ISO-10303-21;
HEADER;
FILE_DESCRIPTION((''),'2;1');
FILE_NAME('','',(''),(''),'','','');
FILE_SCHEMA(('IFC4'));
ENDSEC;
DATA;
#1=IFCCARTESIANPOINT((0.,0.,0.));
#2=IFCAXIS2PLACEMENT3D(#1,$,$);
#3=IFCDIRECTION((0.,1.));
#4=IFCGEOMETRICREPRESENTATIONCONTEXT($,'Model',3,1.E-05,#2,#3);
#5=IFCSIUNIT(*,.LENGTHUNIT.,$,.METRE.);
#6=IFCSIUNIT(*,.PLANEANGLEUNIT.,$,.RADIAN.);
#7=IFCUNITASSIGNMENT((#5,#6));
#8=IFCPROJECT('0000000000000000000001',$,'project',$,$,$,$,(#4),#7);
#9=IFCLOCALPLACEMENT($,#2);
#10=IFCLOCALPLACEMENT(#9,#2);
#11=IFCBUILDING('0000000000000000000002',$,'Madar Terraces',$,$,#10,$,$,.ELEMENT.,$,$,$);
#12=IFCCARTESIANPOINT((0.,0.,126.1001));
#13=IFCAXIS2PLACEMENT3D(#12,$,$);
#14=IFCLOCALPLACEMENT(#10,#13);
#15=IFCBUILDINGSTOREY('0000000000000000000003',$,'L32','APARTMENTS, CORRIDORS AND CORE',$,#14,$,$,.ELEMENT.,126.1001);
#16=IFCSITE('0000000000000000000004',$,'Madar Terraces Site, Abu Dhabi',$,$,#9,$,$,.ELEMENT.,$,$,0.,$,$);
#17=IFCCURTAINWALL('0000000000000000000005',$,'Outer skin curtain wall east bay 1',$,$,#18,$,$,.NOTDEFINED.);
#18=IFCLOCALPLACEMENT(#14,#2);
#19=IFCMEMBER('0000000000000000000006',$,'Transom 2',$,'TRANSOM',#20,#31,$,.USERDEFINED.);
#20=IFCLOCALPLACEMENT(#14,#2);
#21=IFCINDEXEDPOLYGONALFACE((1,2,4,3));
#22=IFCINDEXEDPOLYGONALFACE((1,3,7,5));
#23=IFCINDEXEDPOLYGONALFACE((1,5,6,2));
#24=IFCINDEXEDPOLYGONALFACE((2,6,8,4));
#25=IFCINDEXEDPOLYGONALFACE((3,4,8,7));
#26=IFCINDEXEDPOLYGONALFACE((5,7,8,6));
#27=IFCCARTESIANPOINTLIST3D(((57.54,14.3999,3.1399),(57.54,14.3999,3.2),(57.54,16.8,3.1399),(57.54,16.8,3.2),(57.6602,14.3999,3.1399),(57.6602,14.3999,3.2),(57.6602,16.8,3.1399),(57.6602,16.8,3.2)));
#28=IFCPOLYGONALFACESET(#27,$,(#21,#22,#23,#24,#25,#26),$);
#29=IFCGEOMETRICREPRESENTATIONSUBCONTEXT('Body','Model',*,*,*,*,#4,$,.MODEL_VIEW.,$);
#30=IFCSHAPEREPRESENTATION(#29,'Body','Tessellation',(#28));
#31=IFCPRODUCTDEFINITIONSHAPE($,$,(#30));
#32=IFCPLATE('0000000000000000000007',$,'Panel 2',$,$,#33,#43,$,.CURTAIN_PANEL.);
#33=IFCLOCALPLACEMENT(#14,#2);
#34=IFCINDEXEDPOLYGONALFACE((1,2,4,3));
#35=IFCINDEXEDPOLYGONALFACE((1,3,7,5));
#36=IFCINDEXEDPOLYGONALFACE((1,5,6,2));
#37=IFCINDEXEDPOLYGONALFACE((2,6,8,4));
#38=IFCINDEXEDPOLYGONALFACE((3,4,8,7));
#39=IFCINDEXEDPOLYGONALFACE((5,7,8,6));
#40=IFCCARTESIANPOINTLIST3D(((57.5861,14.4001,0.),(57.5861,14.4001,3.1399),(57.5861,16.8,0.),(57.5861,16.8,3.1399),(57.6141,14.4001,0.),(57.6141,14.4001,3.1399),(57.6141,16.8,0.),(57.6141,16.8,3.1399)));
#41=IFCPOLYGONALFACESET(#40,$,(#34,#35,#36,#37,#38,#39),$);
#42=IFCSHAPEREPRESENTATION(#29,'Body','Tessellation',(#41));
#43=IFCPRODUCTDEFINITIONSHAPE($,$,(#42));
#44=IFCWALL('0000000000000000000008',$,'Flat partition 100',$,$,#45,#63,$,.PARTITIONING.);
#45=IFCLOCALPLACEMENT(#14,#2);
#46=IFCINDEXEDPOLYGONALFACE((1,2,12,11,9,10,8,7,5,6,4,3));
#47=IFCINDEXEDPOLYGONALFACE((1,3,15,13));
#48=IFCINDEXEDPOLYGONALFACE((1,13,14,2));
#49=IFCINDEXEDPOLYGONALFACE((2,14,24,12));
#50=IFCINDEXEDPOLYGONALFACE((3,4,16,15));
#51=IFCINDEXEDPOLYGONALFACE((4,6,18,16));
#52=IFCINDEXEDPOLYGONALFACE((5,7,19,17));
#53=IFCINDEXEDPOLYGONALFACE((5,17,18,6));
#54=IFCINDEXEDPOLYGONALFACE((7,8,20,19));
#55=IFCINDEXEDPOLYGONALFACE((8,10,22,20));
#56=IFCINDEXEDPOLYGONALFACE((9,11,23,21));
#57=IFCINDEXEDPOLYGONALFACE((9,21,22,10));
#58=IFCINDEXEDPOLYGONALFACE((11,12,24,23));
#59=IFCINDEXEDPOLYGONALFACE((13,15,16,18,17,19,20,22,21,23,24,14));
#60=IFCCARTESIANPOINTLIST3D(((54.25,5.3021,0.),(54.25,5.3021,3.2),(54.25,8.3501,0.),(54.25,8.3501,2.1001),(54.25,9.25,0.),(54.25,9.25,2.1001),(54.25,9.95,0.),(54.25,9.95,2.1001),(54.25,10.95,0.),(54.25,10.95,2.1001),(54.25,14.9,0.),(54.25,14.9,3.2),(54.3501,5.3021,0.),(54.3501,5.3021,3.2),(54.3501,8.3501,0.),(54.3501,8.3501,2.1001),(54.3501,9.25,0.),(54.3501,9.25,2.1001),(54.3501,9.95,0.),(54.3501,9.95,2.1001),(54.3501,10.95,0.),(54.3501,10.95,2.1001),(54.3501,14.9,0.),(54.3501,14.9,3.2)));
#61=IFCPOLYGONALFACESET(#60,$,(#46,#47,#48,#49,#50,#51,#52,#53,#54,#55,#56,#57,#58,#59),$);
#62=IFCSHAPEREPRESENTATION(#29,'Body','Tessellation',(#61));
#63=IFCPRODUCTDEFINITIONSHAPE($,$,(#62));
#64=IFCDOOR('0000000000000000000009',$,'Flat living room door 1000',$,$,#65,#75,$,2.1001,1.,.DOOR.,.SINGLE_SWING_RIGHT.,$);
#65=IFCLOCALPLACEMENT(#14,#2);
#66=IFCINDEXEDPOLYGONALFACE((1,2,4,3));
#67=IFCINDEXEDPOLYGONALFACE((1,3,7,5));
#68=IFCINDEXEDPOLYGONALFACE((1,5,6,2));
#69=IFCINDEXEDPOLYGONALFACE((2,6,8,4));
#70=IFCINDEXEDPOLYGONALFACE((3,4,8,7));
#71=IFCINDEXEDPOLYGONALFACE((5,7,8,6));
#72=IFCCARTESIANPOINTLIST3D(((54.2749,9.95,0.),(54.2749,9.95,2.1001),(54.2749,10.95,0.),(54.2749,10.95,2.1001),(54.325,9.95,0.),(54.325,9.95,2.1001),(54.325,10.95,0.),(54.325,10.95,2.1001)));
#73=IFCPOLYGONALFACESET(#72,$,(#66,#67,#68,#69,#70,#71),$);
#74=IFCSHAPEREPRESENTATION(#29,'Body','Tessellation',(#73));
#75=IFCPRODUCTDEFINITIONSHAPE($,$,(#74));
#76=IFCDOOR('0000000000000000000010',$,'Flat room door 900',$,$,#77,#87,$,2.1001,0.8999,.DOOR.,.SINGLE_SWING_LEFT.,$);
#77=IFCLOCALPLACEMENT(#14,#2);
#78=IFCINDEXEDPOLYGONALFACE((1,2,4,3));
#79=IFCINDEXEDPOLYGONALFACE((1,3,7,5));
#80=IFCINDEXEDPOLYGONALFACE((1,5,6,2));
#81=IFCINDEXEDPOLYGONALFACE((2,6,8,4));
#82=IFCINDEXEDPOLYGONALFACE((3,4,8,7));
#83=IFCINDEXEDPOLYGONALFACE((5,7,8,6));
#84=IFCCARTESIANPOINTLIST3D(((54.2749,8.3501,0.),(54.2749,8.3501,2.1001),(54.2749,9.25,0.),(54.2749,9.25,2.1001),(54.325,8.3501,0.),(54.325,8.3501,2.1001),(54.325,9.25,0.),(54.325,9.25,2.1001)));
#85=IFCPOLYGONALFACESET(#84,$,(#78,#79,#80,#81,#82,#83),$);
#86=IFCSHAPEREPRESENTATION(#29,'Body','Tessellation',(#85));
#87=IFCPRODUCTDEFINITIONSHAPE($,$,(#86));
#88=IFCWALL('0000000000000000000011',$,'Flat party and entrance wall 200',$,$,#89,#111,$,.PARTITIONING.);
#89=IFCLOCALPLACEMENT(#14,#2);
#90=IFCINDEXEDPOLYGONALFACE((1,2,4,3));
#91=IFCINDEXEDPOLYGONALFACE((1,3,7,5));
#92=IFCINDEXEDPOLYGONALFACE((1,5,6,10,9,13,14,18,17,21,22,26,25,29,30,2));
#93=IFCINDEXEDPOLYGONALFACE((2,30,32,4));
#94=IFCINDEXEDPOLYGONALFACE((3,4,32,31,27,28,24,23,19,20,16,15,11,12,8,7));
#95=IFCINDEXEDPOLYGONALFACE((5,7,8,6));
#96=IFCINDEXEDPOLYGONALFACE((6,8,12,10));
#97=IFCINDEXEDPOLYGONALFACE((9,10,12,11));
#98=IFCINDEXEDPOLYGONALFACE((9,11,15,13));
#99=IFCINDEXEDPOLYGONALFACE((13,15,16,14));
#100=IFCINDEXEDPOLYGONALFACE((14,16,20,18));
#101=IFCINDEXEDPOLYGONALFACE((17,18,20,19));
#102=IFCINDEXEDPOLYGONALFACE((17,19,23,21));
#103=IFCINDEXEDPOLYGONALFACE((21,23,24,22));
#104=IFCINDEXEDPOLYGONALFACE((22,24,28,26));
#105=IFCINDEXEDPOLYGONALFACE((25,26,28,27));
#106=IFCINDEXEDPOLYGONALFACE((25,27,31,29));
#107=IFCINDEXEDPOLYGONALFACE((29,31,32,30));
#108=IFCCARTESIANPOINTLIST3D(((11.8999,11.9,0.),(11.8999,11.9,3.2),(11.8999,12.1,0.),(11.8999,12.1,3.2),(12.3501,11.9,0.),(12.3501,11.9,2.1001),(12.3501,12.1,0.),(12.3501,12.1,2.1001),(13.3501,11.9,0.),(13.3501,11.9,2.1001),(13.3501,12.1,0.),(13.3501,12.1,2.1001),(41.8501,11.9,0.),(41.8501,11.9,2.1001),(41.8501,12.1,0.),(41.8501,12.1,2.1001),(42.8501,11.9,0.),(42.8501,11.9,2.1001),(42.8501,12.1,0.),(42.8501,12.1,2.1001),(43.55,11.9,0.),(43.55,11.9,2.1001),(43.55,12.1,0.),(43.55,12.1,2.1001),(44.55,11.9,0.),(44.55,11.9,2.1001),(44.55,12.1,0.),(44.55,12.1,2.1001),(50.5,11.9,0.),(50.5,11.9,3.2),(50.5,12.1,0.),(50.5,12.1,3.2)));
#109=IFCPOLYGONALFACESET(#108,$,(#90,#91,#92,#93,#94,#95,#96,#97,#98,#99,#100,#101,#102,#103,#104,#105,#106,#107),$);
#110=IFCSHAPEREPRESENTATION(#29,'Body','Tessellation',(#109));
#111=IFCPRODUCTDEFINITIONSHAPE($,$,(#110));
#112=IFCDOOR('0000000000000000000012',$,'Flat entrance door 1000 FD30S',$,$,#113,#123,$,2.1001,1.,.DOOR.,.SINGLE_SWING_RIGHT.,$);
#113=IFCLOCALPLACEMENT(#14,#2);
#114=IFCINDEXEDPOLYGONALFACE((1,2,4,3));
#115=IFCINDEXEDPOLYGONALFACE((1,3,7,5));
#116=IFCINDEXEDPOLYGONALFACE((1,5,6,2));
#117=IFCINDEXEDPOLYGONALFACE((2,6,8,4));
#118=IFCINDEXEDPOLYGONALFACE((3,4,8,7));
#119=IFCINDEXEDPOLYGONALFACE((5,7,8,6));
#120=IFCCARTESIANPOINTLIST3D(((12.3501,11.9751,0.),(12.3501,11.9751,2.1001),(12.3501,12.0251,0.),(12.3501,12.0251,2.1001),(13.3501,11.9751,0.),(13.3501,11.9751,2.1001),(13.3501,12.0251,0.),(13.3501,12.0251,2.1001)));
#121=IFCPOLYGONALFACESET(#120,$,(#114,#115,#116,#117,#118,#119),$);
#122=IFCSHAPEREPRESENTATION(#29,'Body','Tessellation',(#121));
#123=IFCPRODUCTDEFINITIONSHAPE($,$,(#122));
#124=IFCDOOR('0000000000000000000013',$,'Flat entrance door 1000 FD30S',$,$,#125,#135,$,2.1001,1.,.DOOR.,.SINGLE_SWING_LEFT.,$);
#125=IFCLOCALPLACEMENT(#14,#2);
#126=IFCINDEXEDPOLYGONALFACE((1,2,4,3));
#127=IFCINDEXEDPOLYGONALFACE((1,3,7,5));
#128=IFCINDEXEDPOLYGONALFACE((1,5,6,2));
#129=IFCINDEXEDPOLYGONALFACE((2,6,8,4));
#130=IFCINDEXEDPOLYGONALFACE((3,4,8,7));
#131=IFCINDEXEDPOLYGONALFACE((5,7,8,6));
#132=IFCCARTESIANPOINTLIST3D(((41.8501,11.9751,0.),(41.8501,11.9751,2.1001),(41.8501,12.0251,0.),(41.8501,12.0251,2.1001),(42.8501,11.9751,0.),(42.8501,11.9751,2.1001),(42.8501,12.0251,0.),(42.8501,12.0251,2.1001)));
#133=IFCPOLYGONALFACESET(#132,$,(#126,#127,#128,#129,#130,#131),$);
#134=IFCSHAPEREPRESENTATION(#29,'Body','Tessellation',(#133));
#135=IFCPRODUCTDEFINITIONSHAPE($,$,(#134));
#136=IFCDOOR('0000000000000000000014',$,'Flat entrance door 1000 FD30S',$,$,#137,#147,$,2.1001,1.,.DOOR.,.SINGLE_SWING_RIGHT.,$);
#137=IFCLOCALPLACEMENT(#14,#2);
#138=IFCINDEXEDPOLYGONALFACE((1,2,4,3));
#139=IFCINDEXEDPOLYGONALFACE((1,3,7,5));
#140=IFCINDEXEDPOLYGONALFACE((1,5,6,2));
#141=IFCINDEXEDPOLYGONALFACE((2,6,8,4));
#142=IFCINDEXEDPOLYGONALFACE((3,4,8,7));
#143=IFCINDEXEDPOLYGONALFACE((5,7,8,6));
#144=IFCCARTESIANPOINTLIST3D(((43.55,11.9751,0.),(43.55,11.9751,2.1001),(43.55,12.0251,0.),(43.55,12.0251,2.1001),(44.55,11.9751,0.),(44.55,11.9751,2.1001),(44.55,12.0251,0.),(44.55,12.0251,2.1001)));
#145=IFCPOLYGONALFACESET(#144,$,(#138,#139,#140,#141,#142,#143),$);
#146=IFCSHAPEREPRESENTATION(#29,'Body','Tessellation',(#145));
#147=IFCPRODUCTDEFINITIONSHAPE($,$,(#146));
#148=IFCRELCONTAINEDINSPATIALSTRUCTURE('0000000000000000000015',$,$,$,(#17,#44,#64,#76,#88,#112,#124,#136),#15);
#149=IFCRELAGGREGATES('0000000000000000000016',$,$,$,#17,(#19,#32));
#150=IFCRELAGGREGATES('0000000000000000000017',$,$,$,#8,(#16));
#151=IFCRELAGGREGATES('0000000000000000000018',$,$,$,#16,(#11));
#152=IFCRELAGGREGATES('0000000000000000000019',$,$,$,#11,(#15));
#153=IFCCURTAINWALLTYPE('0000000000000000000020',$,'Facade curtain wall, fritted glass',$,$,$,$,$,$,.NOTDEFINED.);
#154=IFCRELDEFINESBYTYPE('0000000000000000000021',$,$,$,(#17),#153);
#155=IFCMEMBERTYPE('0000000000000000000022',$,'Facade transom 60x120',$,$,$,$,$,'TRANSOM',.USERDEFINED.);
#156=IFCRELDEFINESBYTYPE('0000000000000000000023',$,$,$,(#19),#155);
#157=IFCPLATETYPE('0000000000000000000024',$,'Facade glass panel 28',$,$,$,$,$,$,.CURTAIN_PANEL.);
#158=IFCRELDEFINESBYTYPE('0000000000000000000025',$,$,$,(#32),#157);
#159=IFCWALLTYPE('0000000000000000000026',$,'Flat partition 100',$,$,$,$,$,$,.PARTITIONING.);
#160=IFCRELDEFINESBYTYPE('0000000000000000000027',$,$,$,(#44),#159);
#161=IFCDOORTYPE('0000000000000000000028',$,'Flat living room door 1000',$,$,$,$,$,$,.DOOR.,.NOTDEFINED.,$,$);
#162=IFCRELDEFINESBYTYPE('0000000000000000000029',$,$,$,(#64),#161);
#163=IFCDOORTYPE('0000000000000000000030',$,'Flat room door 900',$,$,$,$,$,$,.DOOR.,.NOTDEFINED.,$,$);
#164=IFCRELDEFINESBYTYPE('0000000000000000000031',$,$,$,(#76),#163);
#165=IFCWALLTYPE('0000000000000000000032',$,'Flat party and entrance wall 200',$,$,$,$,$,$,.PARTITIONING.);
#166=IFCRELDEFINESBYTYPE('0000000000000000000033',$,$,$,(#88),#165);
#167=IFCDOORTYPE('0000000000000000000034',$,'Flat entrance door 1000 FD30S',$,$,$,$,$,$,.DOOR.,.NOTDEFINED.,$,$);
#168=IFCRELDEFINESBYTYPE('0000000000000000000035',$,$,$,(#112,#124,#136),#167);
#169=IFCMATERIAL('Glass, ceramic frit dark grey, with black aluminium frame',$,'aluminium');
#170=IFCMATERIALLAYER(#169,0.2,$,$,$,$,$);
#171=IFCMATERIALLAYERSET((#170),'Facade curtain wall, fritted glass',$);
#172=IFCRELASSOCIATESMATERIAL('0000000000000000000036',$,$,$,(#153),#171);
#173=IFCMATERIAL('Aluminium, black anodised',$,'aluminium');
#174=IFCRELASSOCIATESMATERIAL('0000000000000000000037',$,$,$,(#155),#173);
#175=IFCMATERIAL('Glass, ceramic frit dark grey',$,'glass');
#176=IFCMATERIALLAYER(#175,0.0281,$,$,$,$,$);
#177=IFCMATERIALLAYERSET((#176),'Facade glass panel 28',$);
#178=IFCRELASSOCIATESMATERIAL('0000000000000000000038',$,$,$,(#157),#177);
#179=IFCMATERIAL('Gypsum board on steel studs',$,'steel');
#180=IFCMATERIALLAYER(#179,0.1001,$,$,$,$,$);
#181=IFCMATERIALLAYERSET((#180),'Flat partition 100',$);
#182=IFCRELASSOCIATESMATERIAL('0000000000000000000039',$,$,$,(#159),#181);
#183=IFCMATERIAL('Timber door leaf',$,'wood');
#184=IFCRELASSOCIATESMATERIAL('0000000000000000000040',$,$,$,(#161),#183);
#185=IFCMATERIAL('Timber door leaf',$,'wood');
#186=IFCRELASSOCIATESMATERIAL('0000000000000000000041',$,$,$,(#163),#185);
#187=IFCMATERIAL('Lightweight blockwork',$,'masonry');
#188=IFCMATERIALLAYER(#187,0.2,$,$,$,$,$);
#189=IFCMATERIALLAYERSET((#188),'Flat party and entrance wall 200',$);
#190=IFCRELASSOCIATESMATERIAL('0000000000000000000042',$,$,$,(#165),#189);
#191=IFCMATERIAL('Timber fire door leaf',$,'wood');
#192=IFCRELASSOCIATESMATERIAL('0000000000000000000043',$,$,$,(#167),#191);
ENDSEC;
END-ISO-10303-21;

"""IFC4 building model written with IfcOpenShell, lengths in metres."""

from ifc_helpers import new_model, si_unit, direction, frame, frame_2d, origin, origin_2d, place, context, subcontext, project, spatial, rectangle, extrude, material, layer, layer_set, material_profile, profile_set, type_object, element, fill, aggregate, save


model = new_model("IFC4")

# Units and contexts
model_context = context("Model", 3, precision=1e-05, world=origin(), true_north=direction((0.0, 1.0)))
body_context = subcontext(model_context, "Body", "Model", "MODEL_VIEW")
ifc_project = project(units=[si_unit("LENGTHUNIT", "METRE"), si_unit("PLANEANGLEUNIT", "RADIAN")], contexts=[model_context])

# Site, building, storey
site_placement = place(None, origin())
site = spatial("IfcSite", under=ifc_project, at=site_placement, Name="Madar Terraces Site, Abu Dhabi", CompositionType="ELEMENT", RefElevation=0.0)
building_placement = place(site_placement, origin())
building = spatial("IfcBuilding", under=site, at=building_placement, Name="Madar Terraces", CompositionType="ELEMENT")
storey_placement = place(building_placement, frame((0.0, 0.0, 126.1001)))
storey = spatial("IfcBuildingStorey", under=building, at=storey_placement, Name="L32", Description="APARTMENTS, CORRIDORS AND CORE", CompositionType="ELEMENT", Elevation=126.1001)

# Curtain wall, member, plate
ifc_material_1 = material(Name="Glass, ceramic frit dark grey, with black aluminium frame", Category="aluminium")
ifc_layer_1 = layer(ifc_material_1, 0.2)
ifc_layer_set_1 = layer_set([ifc_layer_1], Name="Facade curtain wall, fritted glass")
curtain_wall_type = type_object("IfcCurtainWallType", Name="Facade curtain wall, fritted glass", PredefinedType="NOTDEFINED", material=ifc_layer_set_1)
curtain_wall_placement = place(storey_placement, origin())
curtain_wall = element("IfcCurtainWall", 1, at=curtain_wall_placement, inside=storey, type_object=curtain_wall_type, Name="Outer skin curtain wall east bay 1", PredefinedType="NOTDEFINED")
ifc_material_2 = material(Name="Aluminium, black anodised", Category="aluminium")
ifc_material_profile = material_profile(ifc_material_2, rectangle(XDim=0.1201, YDim=0.0601, at=origin_2d()), Name="Facade transom 60x120")
ifc_profile_set = profile_set([ifc_material_profile], Name="Aluminium, black anodised")
member_type = type_object("IfcMemberType", Name="Facade transom 60x120", ElementType="TRANSOM", PredefinedType="USERDEFINED", material=ifc_profile_set)
member_placement = place(storey_placement, frame((57.6001, 14.3999, 3.1699), z_axis=(0.0, 1.0, 0.0), x_axis=(-1.0, 0.0, 0.0)))
member = element("IfcMember", 2, at=member_placement, type_object=member_type, Name="Transom 2", ObjectType="TRANSOM", PredefinedType="USERDEFINED", context=body_context, shape_type="SweptSolid", body=[
    extrude(rectangle(XDim=0.1201, YDim=0.0601, at=origin_2d()), origin(), (0.0, 0.0, 1.0), 2.4001),
])
ifc_material_3 = material(Name="Glass, ceramic frit dark grey", Category="glass")
ifc_layer_2 = layer(ifc_material_3, 0.0281)
ifc_layer_set_2 = layer_set([ifc_layer_2], Name="Facade glass panel 28")
plate_type = type_object("IfcPlateType", Name="Facade glass panel 28", PredefinedType="CURTAIN_PANEL", material=ifc_layer_set_2)
plate_placement = place(storey_placement, frame((57.6001, 15.6001, 0.0), z_axis=(0.0, 0.0, 1.0), x_axis=(0.0, 1.0, 0.0)))
plate = element("IfcPlate", 3, at=plate_placement, type_object=plate_type, Name="Panel 2", PredefinedType="CURTAIN_PANEL", context=body_context, shape_type="SweptSolid", body=[
    extrude(rectangle(XDim=2.3999, YDim=0.0281, at=origin_2d()), origin(), (0.0, 0.0, 1.0), 3.1399),
])
aggregate(curtain_wall, [member, plate])

# Walls, openings, doors
ifc_material_4 = material(Name="Gypsum board on steel studs", Category="steel")
ifc_layer_3 = layer(ifc_material_4, 0.1001)
ifc_layer_set_3 = layer_set([ifc_layer_3], Name="Flat partition 100")
wall_type_1 = type_object("IfcWallType", Name="Flat partition 100", PredefinedType="PARTITIONING", material=ifc_layer_set_3)
wall_1_placement = place(storey_placement, frame((54.3, 14.8999, 0.0), z_axis=(0.0, 0.0, 1.0), x_axis=(0.0, -1.0, 0.0)))
wall_1 = element("IfcWall", 4, at=wall_1_placement, inside=storey, type_object=wall_type_1, Name="Flat partition 100", PredefinedType="PARTITIONING", context=body_context, shape_type="SweptSolid", body=[
    extrude(rectangle(XDim=9.5979, YDim=0.1001, at=frame_2d((4.7988, 0.0))), origin(), (0.0, 0.0, 1.0), 3.2),
])
opening_1_placement = place(wall_1_placement, frame((3.95, 0.0, 0.0)))
opening_1 = element("IfcOpeningElement", 5, at=opening_1_placement, cuts=wall_1, PredefinedType="OPENING", context=body_context, shape_type="SweptSolid", body=[
    extrude(rectangle(XDim=1.0, YDim=2.1001, at=frame_2d((0.5, 1.05))), frame((0.0, 0.0601, 0.0), z_axis=(0.0, -1.0, 0.0), x_axis=(1.0, 0.0, 0.0)), (0.0, 0.0, 1.0), 0.1201),
])
opening_2_placement = place(wall_1_placement, frame((5.6499, 0.0, 0.0)))
opening_2 = element("IfcOpeningElement", 6, at=opening_2_placement, cuts=wall_1, PredefinedType="OPENING", context=body_context, shape_type="SweptSolid", body=[
    extrude(rectangle(XDim=0.8999, YDim=2.1001, at=frame_2d((0.45, 1.05))), frame((0.0, 0.0601, 0.0), z_axis=(0.0, -1.0, 0.0), x_axis=(1.0, 0.0, 0.0)), (0.0, 0.0, 1.0), 0.1201),
])
ifc_material_5 = material(Name="Timber door leaf", Category="wood")
door_type_1 = type_object("IfcDoorType", Name="Flat living room door 1000", OperationType="NOTDEFINED", PredefinedType="DOOR", material=ifc_material_5)
door_1_placement = place(opening_1_placement, origin())
door_1 = element("IfcDoor", 7, at=door_1_placement, inside=storey, type_object=door_type_1, Name="Flat living room door 1000", OperationType="SINGLE_SWING_RIGHT", OverallHeight=2.1001, OverallWidth=1.0, PredefinedType="DOOR", context=body_context, shape_type="SweptSolid", body=[
    extrude(rectangle(XDim=1.0, YDim=2.1001, at=frame_2d((0.5, 1.05))), frame((0.0, 0.0249, 0.0), z_axis=(0.0, -1.0, 0.0), x_axis=(1.0, 0.0, 0.0)), (0.0, 0.0, 1.0), 0.05),
])
fill(opening_1, door_1)
ifc_material_6 = material(Name="Timber door leaf", Category="wood")
door_type_2 = type_object("IfcDoorType", Name="Flat room door 900", OperationType="NOTDEFINED", PredefinedType="DOOR", material=ifc_material_6)
door_2_placement = place(opening_2_placement, origin())
door_2 = element("IfcDoor", 8, at=door_2_placement, inside=storey, type_object=door_type_2, Name="Flat room door 900", OperationType="SINGLE_SWING_LEFT", OverallHeight=2.1001, OverallWidth=0.8999, PredefinedType="DOOR", context=body_context, shape_type="SweptSolid", body=[
    extrude(rectangle(XDim=0.8999, YDim=2.1001, at=frame_2d((0.45, 1.05))), frame((0.0, 0.0249, 0.0), z_axis=(0.0, -1.0, 0.0), x_axis=(1.0, 0.0, 0.0)), (0.0, 0.0, 1.0), 0.05),
])
fill(opening_2, door_2)
ifc_material_7 = material(Name="Lightweight blockwork", Category="masonry")
ifc_layer_4 = layer(ifc_material_7, 0.2)
ifc_layer_set_4 = layer_set([ifc_layer_4], Name="Flat party and entrance wall 200")
wall_type_2 = type_object("IfcWallType", Name="Flat party and entrance wall 200", PredefinedType="PARTITIONING", material=ifc_layer_set_4)
wall_2_placement = place(storey_placement, frame((50.5, 12.0, 0.0), z_axis=(0.0, 0.0, 1.0), x_axis=(-1.0, 0.0, 0.0)))
wall_2 = element("IfcWall", 9, at=wall_2_placement, inside=storey, type_object=wall_type_2, Name="Flat party and entrance wall 200", PredefinedType="PARTITIONING", context=body_context, shape_type="SweptSolid", body=[
    extrude(rectangle(XDim=38.6001, YDim=0.2, at=frame_2d((19.3, 0.0))), origin(), (0.0, 0.0, 1.0), 3.2),
])
opening_3_placement = place(wall_2_placement, frame((37.1499, 0.0, 0.0)))
opening_3 = element("IfcOpeningElement", 10, at=opening_3_placement, cuts=wall_2, PredefinedType="OPENING", context=body_context, shape_type="SweptSolid", body=[
    extrude(rectangle(XDim=1.0, YDim=2.1001, at=frame_2d((0.5, 1.05))), frame((0.0, 0.1099, 0.0), z_axis=(0.0, -1.0, 0.0), x_axis=(1.0, 0.0, 0.0)), (0.0, 0.0, 1.0), 0.22),
])
opening_4_placement = place(wall_2_placement, frame((7.6499, 0.0, 0.0)))
opening_4 = element("IfcOpeningElement", 11, at=opening_4_placement, cuts=wall_2, PredefinedType="OPENING", context=body_context, shape_type="SweptSolid", body=[
    extrude(rectangle(XDim=1.0, YDim=2.1001, at=frame_2d((0.5, 1.05))), frame((0.0, 0.1099, 0.0), z_axis=(0.0, -1.0, 0.0), x_axis=(1.0, 0.0, 0.0)), (0.0, 0.0, 1.0), 0.22),
])
opening_5_placement = place(wall_2_placement, frame((5.95, 0.0, 0.0)))
opening_5 = element("IfcOpeningElement", 12, at=opening_5_placement, cuts=wall_2, PredefinedType="OPENING", context=body_context, shape_type="SweptSolid", body=[
    extrude(rectangle(XDim=1.0, YDim=2.1001, at=frame_2d((0.5, 1.05))), frame((0.0, 0.1099, 0.0), z_axis=(0.0, -1.0, 0.0), x_axis=(1.0, 0.0, 0.0)), (0.0, 0.0, 1.0), 0.22),
])
ifc_material_8 = material(Name="Timber fire door leaf", Category="wood")
door_type_3 = type_object("IfcDoorType", Name="Flat entrance door 1000 FD30S", OperationType="NOTDEFINED", PredefinedType="DOOR", material=ifc_material_8)
door_3_placement = place(opening_3_placement, origin())
door_3 = element("IfcDoor", 13, at=door_3_placement, inside=storey, type_object=door_type_3, Name="Flat entrance door 1000 FD30S", OperationType="SINGLE_SWING_RIGHT", OverallHeight=2.1001, OverallWidth=1.0, PredefinedType="DOOR", context=body_context, shape_type="SweptSolid", body=[
    extrude(rectangle(XDim=1.0, YDim=2.1001, at=frame_2d((0.5, 1.05))), frame((0.0, 0.0249, 0.0), z_axis=(0.0, -1.0, 0.0), x_axis=(1.0, 0.0, 0.0)), (0.0, 0.0, 1.0), 0.05),
])
fill(opening_3, door_3)
door_4_placement = place(opening_4_placement, origin())
door_4 = element("IfcDoor", 14, at=door_4_placement, inside=storey, type_object=door_type_3, Name="Flat entrance door 1000 FD30S", OperationType="SINGLE_SWING_LEFT", OverallHeight=2.1001, OverallWidth=1.0, PredefinedType="DOOR", context=body_context, shape_type="SweptSolid", body=[
    extrude(rectangle(XDim=1.0, YDim=2.1001, at=frame_2d((0.5, 1.05))), frame((0.0, 0.0249, 0.0), z_axis=(0.0, -1.0, 0.0), x_axis=(1.0, 0.0, 0.0)), (0.0, 0.0, 1.0), 0.05),
])
fill(opening_4, door_4)
door_5_placement = place(opening_5_placement, origin())
door_5 = element("IfcDoor", 15, at=door_5_placement, inside=storey, type_object=door_type_3, Name="Flat entrance door 1000 FD30S", OperationType="SINGLE_SWING_RIGHT", OverallHeight=2.1001, OverallWidth=1.0, PredefinedType="DOOR", context=body_context, shape_type="SweptSolid", body=[
    extrude(rectangle(XDim=1.0, YDim=2.1001, at=frame_2d((0.5, 1.05))), frame((0.0, 0.0249, 0.0), z_axis=(0.0, -1.0, 0.0), x_axis=(1.0, 0.0, 0.0)), (0.0, 0.0, 1.0), 0.05),
])
fill(opening_5, door_5)

save(model, "model.ifc")
